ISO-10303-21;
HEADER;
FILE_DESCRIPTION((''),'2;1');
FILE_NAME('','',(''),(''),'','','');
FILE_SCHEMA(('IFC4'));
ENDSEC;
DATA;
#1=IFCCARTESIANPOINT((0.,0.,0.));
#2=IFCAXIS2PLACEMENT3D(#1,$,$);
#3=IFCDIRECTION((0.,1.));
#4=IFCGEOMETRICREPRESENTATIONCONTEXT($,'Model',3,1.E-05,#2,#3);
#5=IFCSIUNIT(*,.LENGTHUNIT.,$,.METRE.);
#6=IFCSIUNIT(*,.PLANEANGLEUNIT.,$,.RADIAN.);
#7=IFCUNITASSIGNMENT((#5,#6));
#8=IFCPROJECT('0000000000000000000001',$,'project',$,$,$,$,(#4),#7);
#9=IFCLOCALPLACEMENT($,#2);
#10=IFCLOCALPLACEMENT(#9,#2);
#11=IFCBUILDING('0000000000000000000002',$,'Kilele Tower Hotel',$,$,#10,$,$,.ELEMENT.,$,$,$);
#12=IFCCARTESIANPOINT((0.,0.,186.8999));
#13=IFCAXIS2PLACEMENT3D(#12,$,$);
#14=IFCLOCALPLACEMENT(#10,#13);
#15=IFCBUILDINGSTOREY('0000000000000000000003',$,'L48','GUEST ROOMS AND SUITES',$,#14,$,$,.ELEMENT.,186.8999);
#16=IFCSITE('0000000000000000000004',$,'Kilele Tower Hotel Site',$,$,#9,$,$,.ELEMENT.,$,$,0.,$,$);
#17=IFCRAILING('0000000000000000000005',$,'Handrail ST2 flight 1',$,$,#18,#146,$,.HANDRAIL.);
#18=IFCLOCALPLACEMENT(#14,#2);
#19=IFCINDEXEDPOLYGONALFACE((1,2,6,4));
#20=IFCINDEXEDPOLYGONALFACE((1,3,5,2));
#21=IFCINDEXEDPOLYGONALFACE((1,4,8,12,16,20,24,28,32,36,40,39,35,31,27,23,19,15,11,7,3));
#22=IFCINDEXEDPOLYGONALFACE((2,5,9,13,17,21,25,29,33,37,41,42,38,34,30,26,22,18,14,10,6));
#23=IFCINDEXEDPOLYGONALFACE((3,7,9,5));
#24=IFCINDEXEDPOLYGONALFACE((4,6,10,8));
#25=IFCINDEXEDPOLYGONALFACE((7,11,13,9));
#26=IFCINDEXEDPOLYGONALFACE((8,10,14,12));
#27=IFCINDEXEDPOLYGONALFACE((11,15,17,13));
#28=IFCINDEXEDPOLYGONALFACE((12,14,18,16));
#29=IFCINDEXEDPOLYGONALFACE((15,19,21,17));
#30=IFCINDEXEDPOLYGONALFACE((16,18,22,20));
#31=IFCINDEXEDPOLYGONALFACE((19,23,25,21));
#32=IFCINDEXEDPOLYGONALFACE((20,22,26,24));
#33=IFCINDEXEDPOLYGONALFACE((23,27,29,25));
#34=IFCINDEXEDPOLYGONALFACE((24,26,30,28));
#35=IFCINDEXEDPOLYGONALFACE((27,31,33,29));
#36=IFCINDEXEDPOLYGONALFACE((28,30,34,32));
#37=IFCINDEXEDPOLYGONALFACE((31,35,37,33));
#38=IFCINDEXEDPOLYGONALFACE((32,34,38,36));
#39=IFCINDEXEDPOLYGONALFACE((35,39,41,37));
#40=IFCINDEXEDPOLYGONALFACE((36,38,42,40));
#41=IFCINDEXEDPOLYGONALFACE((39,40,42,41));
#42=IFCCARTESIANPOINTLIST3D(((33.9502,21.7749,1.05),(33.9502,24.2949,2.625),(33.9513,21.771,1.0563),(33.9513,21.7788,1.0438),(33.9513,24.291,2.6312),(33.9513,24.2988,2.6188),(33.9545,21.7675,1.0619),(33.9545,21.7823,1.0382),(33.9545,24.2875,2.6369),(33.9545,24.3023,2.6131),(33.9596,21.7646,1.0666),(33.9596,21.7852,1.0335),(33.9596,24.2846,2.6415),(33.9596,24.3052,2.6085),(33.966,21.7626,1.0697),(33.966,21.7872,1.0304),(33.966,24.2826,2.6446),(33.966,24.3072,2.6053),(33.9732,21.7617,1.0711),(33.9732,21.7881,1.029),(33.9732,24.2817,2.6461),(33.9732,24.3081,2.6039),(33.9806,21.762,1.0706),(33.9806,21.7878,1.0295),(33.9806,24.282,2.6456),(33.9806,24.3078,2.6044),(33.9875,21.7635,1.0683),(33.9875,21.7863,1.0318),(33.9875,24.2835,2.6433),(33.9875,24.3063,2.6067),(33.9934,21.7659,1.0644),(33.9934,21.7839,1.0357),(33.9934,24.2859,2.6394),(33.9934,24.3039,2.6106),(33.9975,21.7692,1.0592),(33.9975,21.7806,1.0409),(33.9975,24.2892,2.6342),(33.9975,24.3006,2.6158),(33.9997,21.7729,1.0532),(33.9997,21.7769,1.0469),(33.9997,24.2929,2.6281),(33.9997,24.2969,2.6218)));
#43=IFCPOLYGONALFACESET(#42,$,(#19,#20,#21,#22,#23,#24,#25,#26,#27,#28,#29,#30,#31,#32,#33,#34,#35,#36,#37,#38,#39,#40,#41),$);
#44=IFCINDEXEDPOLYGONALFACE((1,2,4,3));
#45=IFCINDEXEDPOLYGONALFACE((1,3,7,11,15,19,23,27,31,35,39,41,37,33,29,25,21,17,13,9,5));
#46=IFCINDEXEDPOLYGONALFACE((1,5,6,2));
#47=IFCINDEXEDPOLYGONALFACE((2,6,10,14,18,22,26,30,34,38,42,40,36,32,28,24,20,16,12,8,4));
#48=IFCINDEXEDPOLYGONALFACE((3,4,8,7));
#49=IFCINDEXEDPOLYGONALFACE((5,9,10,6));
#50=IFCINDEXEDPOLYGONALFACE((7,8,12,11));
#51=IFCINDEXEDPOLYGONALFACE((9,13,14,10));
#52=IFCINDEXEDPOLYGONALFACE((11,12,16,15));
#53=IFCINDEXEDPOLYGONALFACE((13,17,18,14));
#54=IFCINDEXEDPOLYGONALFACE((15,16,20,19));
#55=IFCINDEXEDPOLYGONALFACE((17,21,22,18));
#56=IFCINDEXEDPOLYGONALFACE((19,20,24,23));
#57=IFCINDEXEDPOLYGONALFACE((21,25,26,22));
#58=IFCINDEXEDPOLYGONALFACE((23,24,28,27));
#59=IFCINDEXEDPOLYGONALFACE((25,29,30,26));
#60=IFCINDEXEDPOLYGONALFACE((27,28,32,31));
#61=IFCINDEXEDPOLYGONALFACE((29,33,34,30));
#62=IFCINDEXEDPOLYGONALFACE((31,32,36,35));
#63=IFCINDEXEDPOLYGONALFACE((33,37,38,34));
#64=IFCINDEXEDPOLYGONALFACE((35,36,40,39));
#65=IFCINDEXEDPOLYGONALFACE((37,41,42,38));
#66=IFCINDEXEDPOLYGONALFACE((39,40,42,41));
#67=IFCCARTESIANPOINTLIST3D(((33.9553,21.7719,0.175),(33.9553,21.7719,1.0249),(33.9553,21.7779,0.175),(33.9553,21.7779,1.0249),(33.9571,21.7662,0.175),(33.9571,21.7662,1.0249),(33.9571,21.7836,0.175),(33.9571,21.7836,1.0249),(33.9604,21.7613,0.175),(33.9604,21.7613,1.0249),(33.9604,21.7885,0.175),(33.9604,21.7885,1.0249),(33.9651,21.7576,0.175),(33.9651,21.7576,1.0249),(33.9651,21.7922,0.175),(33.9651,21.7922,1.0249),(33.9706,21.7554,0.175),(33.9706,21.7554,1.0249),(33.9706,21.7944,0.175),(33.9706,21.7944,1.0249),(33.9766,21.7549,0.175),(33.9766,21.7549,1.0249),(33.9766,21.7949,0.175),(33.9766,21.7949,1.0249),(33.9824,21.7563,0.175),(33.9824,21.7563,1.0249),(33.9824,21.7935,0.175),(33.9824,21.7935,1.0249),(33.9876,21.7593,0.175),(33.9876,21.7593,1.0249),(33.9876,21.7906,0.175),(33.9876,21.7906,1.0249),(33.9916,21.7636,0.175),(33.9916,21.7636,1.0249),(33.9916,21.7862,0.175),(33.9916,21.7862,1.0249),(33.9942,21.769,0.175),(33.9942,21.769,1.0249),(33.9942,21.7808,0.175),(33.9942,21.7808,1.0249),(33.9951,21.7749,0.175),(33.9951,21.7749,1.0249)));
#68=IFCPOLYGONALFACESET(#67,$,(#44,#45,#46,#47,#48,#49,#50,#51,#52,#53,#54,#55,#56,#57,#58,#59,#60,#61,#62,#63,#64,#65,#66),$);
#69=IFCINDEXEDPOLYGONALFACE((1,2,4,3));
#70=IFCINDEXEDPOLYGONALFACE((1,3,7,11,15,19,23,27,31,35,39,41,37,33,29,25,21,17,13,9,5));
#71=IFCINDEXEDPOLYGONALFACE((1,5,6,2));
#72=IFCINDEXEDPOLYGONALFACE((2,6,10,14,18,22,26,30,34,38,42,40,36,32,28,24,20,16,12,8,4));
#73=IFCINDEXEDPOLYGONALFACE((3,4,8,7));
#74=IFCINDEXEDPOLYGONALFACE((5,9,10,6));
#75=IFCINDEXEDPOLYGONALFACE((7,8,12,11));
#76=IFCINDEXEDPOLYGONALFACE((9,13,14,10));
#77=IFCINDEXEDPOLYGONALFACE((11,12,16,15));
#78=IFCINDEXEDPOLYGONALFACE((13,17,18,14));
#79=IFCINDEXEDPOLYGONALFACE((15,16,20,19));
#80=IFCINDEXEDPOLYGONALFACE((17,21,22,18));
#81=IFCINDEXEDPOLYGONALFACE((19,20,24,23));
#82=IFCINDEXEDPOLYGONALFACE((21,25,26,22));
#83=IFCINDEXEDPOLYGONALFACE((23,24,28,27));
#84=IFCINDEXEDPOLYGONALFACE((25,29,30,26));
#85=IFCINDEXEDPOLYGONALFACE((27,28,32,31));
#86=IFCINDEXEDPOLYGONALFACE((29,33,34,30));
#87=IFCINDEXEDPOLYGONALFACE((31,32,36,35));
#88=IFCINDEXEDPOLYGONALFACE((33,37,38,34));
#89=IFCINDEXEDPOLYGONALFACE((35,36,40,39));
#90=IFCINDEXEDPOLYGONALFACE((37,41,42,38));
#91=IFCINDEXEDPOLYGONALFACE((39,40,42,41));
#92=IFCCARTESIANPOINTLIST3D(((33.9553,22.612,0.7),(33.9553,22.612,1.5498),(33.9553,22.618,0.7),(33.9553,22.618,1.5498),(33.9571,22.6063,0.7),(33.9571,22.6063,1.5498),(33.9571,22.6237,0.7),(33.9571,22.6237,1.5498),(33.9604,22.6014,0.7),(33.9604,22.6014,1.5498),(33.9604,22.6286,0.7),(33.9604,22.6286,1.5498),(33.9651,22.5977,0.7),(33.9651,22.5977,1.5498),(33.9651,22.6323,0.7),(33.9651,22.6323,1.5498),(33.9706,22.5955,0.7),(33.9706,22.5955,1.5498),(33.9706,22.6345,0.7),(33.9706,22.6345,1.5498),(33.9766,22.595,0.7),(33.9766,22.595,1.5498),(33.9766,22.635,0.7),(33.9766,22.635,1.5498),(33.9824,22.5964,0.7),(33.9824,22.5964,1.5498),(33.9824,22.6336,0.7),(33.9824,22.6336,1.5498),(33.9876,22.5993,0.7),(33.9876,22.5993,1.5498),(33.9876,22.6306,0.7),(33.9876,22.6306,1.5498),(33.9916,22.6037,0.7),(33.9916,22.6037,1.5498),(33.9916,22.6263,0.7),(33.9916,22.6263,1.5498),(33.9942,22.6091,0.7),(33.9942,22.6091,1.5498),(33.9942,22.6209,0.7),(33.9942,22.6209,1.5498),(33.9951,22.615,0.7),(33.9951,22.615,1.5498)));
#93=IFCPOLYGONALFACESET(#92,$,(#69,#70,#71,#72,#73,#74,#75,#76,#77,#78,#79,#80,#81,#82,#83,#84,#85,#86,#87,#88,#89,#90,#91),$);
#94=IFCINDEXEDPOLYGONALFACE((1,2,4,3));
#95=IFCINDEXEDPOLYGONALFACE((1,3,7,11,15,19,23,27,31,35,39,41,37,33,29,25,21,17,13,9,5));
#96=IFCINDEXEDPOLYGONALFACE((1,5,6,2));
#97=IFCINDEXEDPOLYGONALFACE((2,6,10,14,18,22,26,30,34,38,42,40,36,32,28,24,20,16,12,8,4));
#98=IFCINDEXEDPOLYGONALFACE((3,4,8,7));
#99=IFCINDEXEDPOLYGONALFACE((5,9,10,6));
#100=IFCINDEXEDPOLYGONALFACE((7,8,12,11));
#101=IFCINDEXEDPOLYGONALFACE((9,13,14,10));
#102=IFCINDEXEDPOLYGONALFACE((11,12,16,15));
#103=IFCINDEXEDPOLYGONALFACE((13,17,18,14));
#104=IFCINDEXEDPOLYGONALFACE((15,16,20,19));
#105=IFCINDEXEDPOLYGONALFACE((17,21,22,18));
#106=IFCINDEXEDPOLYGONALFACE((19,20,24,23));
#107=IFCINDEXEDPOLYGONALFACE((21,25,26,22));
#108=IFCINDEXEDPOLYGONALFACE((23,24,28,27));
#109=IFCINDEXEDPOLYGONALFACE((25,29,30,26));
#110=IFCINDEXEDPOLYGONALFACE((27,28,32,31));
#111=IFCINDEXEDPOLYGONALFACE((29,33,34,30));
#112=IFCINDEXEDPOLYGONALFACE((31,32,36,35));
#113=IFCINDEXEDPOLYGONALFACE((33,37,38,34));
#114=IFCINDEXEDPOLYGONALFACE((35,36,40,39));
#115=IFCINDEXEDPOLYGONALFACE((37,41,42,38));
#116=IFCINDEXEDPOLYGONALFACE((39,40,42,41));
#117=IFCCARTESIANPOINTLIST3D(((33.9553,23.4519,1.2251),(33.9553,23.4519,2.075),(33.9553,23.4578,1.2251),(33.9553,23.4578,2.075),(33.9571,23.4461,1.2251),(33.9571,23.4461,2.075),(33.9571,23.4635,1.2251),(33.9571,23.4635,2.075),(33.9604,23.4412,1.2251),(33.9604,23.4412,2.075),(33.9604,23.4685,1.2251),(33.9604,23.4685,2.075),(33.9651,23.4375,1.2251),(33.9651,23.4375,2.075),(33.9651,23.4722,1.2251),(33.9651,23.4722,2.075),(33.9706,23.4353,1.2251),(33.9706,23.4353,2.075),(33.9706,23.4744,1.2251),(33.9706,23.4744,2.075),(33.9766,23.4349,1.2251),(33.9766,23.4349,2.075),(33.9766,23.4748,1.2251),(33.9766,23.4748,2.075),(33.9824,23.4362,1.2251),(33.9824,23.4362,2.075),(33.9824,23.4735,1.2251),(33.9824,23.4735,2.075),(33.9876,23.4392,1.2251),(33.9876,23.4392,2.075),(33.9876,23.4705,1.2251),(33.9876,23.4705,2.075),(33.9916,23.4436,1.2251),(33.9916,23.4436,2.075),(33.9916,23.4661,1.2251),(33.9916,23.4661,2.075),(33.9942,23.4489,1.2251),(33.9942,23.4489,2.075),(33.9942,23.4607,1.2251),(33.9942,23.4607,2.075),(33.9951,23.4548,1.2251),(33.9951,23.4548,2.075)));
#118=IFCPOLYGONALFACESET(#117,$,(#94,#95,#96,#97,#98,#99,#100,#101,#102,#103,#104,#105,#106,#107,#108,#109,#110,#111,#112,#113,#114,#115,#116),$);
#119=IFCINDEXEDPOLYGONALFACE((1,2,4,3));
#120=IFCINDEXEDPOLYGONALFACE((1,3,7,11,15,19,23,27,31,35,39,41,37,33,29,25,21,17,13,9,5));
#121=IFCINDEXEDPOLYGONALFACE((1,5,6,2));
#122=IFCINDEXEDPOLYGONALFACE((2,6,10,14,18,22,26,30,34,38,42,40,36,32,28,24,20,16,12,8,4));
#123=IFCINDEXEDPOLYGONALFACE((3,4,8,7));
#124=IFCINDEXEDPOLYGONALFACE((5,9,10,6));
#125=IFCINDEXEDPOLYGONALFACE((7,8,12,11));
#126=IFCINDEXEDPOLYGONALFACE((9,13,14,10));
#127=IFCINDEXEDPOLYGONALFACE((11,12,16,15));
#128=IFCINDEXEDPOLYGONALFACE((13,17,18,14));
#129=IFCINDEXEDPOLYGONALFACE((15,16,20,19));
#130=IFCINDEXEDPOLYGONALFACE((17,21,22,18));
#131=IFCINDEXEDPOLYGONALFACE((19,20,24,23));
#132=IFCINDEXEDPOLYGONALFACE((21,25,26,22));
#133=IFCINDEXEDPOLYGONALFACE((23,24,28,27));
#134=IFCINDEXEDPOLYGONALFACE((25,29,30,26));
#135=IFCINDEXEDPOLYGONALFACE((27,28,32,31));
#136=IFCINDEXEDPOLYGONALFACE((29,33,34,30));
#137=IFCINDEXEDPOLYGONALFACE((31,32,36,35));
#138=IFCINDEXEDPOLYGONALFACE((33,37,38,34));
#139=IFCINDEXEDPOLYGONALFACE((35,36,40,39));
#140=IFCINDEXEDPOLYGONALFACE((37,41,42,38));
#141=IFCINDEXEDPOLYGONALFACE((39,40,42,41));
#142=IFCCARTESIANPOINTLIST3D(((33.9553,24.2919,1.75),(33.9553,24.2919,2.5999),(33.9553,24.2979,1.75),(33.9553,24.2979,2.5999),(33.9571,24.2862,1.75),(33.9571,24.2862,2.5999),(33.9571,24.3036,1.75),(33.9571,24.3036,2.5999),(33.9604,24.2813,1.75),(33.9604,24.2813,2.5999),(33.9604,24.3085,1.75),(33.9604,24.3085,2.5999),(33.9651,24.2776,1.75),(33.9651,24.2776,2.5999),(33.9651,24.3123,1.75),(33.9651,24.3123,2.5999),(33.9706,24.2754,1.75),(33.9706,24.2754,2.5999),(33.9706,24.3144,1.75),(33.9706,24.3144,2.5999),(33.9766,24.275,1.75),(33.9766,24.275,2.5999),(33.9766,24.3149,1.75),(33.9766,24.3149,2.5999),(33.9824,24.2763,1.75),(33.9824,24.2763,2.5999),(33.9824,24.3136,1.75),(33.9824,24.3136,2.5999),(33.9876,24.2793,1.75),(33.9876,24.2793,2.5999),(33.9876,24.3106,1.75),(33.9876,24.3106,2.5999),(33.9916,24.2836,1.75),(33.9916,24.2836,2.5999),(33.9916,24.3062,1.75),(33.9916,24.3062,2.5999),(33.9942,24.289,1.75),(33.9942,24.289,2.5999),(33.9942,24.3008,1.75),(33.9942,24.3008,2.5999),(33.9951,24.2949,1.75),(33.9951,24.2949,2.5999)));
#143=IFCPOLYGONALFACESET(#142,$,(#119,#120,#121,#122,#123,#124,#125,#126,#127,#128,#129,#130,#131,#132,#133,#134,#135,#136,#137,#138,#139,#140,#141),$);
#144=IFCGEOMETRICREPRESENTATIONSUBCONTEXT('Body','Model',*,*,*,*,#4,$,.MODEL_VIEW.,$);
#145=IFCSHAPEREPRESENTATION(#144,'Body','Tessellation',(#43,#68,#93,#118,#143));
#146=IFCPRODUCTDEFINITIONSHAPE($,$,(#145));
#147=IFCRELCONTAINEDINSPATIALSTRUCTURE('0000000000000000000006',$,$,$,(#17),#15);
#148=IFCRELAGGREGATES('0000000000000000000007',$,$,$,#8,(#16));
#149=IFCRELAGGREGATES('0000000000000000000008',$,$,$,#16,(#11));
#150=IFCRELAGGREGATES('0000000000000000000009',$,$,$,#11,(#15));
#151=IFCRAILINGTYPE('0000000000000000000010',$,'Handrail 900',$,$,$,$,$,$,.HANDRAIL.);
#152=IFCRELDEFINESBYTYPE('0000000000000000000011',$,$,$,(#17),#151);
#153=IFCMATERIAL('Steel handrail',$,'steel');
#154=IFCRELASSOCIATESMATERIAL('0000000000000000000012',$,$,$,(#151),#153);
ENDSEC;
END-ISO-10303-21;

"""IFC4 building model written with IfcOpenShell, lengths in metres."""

from ifc_helpers import new_model, si_unit, direction, frame, origin, origin_2d, place, context, subcontext, project, spatial, circle, extrude, material, type_object, element, save


model = new_model("IFC4")

# Units and contexts
model_context = context("Model", 3, precision=1e-05, world=origin(), true_north=direction((0.0, 1.0)))
body_context = subcontext(model_context, "Body", "Model", "MODEL_VIEW")
ifc_project = project(units=[si_unit("LENGTHUNIT", "METRE"), si_unit("PLANEANGLEUNIT", "RADIAN")], contexts=[model_context])

# Site, building, storey
site_placement = place(None, origin())
site = spatial("IfcSite", under=ifc_project, at=site_placement, Name="Kilele Tower Hotel Site", CompositionType="ELEMENT", RefElevation=0.0)
building_placement = place(site_placement, origin())
building = spatial("IfcBuilding", under=site, at=building_placement, Name="Kilele Tower Hotel", CompositionType="ELEMENT")
storey_placement = place(building_placement, frame((0.0, 0.0, 186.8999)))
storey = spatial("IfcBuildingStorey", under=building, at=storey_placement, Name="L48", Description="GUEST ROOMS AND SUITES", CompositionType="ELEMENT", Elevation=186.8999)

# Railing
ifc_material_1 = material(Name="Steel handrail", Category="steel")
railing_type_1 = type_object("IfcRailingType", Name="Handrail 900", PredefinedType="HANDRAIL", material=ifc_material_1)
for number, where, name in (
    (1, (33.9751, 21.7749, 0.175), "Handrail ST2 flight 1"),
):
    element("IfcRailing", number, at=place(storey_placement, frame(where)), inside=storey, type_object=railing_type_1, Name=name, PredefinedType="HANDRAIL", context=body_context, shape_type="SweptSolid", body=[
        extrude(circle(Radius=0.0249, at=origin_2d()), frame((0.0, 0.0, 0.875), z_axis=(0.0, 0.848008, 0.529984), x_axis=(-1.0, 0.0, 0.0)), (0.0, 0.0, 1.0), 2.9717),
        extrude(circle(Radius=0.02, at=origin_2d()), origin(), (0.0, 0.0, 1.0), 0.8499),
        extrude(circle(Radius=0.02, at=origin_2d()), frame((0.0, 0.8401, 0.5249)), (0.0, 0.0, 1.0), 0.8499),
        extrude(circle(Radius=0.02, at=origin_2d()), frame((0.0, 1.6799, 1.05)), (0.0, 0.0, 1.0), 0.8499),
        extrude(circle(Radius=0.02, at=origin_2d()), frame((0.0, 2.52, 1.575)), (0.0, 0.0, 1.0), 0.8499),
    ])

save(model, "model.ifc")
